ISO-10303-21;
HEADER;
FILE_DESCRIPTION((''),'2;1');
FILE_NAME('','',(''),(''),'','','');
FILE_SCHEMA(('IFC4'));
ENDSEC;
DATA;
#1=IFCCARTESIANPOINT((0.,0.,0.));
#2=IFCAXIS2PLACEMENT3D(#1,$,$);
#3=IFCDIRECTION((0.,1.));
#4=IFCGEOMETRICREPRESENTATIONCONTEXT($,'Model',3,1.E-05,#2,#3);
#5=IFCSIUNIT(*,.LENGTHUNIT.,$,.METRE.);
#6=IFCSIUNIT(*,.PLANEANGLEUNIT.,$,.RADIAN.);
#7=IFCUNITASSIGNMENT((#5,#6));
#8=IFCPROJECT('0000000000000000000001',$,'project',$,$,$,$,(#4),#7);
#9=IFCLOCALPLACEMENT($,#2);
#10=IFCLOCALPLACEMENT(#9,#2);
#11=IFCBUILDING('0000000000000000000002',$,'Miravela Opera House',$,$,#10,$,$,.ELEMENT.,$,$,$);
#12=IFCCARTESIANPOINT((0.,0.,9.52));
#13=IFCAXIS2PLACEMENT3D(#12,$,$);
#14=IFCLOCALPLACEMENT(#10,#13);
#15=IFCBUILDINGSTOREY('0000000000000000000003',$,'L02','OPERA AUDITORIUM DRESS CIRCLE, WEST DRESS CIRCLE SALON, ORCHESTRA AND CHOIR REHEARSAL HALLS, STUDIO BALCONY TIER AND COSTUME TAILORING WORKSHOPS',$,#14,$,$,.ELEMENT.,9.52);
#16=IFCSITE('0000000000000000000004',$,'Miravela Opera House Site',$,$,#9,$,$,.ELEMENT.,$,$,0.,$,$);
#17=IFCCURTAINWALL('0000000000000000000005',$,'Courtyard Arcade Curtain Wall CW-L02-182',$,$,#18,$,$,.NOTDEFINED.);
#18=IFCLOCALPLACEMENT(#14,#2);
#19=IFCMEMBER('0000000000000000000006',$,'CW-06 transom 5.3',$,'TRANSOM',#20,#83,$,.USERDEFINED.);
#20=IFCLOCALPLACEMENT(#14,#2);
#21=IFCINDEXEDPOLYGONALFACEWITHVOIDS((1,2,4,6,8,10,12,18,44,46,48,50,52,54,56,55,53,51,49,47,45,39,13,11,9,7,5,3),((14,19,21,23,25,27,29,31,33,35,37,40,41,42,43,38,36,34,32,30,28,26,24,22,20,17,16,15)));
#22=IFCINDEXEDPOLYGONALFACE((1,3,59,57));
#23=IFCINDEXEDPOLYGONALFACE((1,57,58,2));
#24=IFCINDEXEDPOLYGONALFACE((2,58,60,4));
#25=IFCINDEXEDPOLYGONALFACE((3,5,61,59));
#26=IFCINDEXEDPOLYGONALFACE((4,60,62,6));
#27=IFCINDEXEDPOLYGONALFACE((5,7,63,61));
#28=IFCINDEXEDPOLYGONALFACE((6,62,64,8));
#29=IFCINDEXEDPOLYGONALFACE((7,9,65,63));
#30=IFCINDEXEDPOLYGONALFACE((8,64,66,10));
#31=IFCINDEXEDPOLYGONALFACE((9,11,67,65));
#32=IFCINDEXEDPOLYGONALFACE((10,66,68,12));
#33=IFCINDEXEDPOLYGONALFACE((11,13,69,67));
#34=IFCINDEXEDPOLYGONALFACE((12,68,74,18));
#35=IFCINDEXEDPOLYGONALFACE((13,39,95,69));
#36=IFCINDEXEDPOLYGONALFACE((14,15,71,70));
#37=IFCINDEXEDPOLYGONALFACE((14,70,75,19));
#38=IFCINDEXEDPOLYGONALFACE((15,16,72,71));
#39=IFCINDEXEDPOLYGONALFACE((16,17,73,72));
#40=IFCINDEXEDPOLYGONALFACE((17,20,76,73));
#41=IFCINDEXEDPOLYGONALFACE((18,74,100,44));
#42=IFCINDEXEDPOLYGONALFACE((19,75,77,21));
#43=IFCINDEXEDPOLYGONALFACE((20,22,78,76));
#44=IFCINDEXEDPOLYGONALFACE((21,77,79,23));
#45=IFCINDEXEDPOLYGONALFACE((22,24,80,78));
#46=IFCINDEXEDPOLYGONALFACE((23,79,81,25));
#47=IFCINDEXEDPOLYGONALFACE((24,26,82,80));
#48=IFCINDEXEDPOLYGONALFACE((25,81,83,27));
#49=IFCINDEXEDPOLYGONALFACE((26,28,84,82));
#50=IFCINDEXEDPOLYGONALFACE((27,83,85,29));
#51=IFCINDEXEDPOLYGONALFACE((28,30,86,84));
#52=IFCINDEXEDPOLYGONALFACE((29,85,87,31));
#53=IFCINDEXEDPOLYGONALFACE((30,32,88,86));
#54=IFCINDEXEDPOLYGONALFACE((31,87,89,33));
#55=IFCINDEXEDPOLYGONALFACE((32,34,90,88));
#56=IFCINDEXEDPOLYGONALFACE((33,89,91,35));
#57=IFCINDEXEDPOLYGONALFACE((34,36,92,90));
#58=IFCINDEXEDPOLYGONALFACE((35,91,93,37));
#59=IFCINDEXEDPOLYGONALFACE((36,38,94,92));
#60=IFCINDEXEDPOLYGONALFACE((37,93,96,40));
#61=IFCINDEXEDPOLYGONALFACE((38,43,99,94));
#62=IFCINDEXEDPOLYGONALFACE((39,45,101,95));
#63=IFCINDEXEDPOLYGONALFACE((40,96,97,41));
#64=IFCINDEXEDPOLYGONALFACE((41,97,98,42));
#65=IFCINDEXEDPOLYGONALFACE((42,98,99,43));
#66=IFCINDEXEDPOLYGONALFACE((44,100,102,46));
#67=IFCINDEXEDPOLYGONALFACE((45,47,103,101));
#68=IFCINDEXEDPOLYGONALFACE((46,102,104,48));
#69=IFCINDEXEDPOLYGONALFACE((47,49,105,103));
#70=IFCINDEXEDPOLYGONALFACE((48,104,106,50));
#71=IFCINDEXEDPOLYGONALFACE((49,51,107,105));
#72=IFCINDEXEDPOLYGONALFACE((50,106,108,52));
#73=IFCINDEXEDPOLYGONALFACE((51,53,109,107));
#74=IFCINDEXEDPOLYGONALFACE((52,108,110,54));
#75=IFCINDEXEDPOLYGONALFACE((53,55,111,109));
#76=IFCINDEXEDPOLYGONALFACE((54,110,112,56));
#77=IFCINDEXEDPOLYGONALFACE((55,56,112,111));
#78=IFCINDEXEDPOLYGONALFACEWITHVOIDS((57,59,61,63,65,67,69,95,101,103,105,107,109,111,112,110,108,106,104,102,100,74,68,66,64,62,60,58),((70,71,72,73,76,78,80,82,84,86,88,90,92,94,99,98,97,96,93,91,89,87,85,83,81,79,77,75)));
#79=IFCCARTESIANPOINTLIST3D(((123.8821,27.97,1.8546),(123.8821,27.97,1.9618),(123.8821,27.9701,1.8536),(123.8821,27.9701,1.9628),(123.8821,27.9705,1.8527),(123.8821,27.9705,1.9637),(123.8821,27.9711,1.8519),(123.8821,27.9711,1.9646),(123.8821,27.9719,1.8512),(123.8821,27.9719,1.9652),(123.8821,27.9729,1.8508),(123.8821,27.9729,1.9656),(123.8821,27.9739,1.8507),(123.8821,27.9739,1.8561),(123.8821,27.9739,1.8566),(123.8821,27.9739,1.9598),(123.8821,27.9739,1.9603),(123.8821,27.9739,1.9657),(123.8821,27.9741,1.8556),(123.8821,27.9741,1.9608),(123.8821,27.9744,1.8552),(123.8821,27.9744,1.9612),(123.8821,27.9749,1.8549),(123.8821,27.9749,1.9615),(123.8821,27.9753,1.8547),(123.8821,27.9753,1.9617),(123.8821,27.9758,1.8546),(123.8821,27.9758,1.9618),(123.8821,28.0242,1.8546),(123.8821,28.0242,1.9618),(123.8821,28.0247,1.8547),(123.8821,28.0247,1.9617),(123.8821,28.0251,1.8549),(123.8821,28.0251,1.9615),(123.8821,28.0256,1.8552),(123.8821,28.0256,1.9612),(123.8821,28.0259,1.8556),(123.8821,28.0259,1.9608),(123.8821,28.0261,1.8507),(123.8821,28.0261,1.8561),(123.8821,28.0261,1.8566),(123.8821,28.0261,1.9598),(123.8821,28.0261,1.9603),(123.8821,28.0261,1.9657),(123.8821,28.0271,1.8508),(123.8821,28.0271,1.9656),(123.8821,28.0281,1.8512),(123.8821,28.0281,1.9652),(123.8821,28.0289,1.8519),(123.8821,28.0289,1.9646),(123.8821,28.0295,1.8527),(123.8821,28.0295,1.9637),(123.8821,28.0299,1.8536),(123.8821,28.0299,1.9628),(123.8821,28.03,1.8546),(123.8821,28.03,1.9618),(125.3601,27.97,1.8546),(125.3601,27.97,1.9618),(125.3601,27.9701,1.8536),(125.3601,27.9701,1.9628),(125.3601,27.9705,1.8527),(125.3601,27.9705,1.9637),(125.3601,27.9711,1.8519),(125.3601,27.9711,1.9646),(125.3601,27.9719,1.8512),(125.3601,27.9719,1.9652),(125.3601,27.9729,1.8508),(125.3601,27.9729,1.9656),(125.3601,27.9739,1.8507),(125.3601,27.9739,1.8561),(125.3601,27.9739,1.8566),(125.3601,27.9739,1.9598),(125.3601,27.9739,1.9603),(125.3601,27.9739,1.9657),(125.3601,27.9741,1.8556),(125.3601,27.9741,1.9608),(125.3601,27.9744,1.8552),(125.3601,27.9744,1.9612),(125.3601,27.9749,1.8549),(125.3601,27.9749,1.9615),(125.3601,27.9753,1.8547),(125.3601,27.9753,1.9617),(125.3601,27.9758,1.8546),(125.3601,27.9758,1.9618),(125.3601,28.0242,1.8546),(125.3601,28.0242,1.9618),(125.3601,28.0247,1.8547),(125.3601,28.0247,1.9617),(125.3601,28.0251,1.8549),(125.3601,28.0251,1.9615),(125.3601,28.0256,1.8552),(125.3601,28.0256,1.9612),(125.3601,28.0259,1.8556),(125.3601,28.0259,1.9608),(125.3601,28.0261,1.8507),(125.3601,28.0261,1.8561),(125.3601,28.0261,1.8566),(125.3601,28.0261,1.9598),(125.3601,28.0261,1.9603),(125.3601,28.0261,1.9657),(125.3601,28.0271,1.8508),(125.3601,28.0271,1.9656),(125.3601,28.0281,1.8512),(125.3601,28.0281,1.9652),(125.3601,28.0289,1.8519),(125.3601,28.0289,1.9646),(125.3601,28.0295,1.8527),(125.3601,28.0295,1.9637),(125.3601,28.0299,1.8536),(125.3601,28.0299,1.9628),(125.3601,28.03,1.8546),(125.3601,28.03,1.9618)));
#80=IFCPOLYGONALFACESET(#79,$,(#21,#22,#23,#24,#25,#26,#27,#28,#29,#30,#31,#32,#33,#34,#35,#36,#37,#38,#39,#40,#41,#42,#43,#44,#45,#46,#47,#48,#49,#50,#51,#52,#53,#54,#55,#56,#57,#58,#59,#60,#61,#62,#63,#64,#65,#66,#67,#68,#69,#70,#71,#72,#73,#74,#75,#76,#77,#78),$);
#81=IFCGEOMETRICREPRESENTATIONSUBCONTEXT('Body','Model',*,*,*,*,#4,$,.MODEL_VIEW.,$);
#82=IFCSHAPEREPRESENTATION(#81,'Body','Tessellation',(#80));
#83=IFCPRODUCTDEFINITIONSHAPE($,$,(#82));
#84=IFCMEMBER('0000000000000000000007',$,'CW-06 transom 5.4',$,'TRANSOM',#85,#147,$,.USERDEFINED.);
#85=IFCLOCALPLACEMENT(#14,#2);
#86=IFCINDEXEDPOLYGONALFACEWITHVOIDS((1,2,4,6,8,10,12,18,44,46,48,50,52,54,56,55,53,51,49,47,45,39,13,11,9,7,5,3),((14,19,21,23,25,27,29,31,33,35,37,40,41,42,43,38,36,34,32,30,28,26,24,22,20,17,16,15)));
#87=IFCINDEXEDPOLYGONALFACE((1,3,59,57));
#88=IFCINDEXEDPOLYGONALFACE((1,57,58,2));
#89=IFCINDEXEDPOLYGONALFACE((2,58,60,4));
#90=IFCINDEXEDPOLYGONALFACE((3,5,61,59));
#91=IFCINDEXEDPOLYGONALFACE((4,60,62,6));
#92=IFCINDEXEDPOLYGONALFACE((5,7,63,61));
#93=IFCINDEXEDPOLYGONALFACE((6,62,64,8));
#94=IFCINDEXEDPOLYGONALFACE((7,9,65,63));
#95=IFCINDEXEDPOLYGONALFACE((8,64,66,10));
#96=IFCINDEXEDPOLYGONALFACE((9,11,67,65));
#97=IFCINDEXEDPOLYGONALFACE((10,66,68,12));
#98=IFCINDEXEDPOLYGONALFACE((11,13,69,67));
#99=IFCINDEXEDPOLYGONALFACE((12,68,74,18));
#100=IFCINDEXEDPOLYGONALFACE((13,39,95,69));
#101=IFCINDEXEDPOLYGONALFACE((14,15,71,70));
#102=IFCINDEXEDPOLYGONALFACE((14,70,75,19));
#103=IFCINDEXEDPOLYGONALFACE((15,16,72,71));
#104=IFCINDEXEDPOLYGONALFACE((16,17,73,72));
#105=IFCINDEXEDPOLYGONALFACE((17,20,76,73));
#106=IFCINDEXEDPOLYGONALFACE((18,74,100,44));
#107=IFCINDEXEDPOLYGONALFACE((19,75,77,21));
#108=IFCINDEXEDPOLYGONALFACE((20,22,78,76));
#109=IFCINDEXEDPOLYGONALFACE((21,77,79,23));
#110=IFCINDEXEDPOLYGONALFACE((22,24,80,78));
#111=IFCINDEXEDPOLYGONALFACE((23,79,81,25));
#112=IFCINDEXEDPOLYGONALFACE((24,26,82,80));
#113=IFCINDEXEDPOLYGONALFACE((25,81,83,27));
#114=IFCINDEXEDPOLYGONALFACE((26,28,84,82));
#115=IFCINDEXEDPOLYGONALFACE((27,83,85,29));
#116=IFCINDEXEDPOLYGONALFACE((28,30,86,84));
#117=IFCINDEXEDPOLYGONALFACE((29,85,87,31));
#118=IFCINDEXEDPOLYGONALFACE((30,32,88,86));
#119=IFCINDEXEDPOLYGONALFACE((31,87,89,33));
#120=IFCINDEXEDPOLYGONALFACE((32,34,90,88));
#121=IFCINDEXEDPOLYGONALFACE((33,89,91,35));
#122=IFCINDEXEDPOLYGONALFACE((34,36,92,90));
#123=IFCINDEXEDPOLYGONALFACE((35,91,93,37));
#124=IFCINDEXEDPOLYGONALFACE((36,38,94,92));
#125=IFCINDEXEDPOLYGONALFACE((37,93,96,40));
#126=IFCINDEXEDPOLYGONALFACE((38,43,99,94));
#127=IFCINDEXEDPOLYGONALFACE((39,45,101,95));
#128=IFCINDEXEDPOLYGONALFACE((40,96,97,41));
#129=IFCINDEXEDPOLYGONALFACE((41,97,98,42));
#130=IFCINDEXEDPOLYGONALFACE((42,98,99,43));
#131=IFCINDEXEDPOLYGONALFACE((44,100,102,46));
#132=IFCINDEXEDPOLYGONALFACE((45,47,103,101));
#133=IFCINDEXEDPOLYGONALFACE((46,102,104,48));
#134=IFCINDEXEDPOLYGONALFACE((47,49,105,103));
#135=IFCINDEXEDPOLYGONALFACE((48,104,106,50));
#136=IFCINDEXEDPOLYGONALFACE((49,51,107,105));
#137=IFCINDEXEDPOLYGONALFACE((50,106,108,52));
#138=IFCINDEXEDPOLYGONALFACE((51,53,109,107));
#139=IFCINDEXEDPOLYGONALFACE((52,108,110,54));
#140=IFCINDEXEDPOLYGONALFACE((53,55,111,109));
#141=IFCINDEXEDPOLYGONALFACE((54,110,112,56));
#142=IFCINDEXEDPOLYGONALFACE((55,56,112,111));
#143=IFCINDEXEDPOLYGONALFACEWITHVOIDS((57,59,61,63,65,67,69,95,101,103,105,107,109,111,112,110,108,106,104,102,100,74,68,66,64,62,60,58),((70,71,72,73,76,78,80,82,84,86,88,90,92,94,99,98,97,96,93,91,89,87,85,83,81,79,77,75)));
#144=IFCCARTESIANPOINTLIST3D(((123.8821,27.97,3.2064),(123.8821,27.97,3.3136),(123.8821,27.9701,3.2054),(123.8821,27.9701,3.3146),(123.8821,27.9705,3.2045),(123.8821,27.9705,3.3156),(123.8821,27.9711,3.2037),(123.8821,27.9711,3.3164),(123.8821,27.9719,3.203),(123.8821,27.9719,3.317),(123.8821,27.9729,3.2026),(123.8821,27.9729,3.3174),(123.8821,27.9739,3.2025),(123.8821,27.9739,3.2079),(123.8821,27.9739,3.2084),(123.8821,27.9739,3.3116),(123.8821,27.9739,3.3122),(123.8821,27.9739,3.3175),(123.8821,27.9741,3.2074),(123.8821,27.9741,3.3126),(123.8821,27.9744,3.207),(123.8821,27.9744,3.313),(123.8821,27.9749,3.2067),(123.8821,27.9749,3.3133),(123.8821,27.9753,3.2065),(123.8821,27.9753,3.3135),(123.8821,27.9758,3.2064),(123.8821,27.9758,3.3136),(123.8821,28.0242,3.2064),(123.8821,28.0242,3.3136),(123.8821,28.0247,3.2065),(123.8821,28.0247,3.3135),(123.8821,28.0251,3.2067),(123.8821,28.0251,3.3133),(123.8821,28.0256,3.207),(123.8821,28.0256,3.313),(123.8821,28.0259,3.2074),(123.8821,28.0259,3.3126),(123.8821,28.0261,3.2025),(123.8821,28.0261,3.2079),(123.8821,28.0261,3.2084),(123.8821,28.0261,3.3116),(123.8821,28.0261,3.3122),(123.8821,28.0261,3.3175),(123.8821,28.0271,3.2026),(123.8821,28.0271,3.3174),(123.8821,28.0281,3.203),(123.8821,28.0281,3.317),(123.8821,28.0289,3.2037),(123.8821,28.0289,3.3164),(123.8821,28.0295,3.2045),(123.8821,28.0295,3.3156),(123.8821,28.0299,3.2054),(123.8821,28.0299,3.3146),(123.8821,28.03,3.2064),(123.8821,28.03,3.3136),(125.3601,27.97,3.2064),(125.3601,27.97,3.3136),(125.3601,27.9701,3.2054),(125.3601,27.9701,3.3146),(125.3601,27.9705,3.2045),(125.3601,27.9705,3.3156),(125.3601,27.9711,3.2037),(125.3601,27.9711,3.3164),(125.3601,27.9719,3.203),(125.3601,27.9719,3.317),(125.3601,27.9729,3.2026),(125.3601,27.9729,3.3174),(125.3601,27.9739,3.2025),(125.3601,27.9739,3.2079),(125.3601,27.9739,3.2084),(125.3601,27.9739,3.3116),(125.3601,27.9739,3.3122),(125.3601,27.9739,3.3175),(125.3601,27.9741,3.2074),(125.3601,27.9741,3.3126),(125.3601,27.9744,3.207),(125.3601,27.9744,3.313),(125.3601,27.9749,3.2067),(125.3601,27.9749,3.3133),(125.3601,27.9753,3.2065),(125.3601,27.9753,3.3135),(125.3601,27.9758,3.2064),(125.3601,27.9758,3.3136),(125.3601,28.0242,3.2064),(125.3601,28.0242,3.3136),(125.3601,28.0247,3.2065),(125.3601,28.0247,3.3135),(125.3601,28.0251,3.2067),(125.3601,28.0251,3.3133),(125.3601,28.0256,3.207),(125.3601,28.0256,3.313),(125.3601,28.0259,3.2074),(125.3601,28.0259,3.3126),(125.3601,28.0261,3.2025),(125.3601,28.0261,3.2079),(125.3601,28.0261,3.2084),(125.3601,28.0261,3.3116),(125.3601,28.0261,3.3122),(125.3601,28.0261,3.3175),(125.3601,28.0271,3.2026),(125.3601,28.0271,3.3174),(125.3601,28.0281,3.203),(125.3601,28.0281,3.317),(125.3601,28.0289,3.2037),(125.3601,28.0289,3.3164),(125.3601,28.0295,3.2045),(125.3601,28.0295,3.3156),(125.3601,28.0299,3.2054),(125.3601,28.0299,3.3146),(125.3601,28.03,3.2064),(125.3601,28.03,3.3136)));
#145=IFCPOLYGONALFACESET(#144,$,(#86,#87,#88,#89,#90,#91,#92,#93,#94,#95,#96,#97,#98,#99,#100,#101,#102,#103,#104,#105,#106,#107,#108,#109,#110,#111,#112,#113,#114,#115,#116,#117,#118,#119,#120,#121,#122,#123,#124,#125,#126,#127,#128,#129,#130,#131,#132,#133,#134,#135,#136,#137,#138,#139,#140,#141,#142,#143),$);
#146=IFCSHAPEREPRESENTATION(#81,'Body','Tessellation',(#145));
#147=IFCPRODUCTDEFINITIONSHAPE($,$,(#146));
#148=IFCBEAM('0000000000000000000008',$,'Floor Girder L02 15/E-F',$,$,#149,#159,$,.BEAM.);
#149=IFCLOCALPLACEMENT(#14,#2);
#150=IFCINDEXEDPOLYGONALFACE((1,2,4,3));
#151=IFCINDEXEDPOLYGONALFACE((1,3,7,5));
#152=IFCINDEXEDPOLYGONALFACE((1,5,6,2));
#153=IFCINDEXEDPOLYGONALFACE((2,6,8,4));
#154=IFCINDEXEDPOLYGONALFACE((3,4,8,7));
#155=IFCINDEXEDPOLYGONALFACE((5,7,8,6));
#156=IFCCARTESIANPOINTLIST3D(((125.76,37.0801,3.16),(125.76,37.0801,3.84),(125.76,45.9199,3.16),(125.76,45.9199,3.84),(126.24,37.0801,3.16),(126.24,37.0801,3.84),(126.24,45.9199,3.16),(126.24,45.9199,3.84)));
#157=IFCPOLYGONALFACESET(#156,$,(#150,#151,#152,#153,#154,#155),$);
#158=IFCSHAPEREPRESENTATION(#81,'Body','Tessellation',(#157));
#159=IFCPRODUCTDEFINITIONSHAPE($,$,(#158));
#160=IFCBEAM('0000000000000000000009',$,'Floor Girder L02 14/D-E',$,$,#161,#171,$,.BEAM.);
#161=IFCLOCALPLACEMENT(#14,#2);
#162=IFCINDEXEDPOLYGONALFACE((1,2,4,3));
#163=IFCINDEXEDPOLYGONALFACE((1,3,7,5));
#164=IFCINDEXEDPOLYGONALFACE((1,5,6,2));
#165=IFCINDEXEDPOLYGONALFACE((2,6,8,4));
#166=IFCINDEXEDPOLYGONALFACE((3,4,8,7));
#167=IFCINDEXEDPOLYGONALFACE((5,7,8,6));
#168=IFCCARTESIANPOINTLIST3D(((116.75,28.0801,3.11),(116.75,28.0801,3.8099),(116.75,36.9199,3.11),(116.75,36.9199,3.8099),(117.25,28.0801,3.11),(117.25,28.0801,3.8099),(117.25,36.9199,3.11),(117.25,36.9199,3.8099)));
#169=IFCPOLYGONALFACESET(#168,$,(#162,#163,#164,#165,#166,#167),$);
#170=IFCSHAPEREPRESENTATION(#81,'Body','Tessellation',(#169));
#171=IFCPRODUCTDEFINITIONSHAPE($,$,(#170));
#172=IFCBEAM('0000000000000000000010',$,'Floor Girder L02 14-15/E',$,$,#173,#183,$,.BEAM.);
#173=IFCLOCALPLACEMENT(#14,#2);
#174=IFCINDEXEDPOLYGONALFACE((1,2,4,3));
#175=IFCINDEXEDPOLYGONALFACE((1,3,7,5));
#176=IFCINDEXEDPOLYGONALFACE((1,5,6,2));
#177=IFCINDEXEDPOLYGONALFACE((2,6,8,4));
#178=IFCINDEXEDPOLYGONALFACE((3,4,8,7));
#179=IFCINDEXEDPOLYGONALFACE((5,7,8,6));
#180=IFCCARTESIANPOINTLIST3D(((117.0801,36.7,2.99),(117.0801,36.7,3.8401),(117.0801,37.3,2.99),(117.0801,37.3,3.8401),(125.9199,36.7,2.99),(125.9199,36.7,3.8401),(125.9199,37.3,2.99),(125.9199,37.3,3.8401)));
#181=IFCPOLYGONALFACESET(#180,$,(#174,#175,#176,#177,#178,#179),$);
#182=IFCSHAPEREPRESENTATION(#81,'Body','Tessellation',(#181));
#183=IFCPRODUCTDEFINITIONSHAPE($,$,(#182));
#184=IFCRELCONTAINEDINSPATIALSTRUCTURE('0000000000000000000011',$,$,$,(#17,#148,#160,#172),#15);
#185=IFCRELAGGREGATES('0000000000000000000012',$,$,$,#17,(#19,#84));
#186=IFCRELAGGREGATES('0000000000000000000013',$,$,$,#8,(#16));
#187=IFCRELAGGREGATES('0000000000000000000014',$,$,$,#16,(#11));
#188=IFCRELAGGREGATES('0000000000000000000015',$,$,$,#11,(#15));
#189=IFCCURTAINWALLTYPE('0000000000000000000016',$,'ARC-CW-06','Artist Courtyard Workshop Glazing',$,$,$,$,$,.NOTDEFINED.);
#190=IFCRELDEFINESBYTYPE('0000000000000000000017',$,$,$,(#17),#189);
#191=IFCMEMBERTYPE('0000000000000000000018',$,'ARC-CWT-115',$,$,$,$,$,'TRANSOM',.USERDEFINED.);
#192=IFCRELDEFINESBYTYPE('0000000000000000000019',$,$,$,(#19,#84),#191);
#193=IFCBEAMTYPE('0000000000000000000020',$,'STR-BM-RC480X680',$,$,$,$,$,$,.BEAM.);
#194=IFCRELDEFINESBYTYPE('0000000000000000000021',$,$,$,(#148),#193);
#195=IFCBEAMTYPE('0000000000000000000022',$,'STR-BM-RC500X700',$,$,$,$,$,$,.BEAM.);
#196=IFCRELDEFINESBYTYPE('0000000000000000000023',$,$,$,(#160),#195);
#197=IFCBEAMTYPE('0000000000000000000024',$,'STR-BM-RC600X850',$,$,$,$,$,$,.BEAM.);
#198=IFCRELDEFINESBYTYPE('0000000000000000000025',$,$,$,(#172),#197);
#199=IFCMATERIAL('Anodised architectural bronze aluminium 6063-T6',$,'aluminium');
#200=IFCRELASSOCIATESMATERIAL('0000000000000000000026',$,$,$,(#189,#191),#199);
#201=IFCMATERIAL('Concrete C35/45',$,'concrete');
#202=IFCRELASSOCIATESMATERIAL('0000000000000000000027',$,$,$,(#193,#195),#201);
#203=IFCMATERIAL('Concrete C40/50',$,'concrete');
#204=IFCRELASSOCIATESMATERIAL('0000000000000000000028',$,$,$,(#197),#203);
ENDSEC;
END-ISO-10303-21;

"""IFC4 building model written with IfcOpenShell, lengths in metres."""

from ifc_helpers import new_model, si_unit, direction, frame, origin, origin_2d, place, context, subcontext, project, spatial, rectangle, hollow_rectangle, extrude, material, material_profile, profile_set, type_object, element, aggregate, save


model = new_model("IFC4")

# Units and contexts
model_context = context("Model", 3, precision=1e-05, world=origin(), true_north=direction((0.0, 1.0)))
body_context = subcontext(model_context, "Body", "Model", "MODEL_VIEW")
ifc_project = project(units=[si_unit("LENGTHUNIT", "METRE"), si_unit("PLANEANGLEUNIT", "RADIAN")], contexts=[model_context])

# Site, building, storey
site_placement = place(None, origin())
site = spatial("IfcSite", under=ifc_project, at=site_placement, Name="Miravela Opera House Site", CompositionType="ELEMENT", RefElevation=0.0)
building_placement = place(site_placement, origin())
building = spatial("IfcBuilding", under=site, at=building_placement, Name="Miravela Opera House", CompositionType="ELEMENT")
storey_placement = place(building_placement, frame((0.0, 0.0, 9.52)))
storey = spatial("IfcBuildingStorey", under=building, at=storey_placement, Name="L02", Description="OPERA AUDITORIUM DRESS CIRCLE, WEST DRESS CIRCLE SALON, ORCHESTRA AND CHOIR REHEARSAL HALLS, STUDIO BALCONY TIER AND COSTUME TAILORING WORKSHOPS", CompositionType="ELEMENT", Elevation=9.52)

# Shared definitions
ifc_material_1 = material(Name="Concrete C35/45", Category="concrete")

# Curtain wall, members
ifc_material_2 = material(Name="Anodised architectural bronze aluminium 6063-T6", Category="aluminium")
curtain_wall_type = type_object("IfcCurtainWallType", Name="ARC-CW-06", Description="Artist Courtyard Workshop Glazing", PredefinedType="NOTDEFINED", material=ifc_material_2)
curtain_wall_placement = place(storey_placement, origin())
curtain_wall = element("IfcCurtainWall", 1, at=curtain_wall_placement, inside=storey, type_object=curtain_wall_type, Name="Courtyard Arcade Curtain Wall CW-L02-182", PredefinedType="NOTDEFINED")
ifc_material_profile_1 = material_profile(ifc_material_2, hollow_rectangle(XDim=0.0601, YDim=0.115, WallThickness=0.0039, InnerFilletRadius=0.002, OuterFilletRadius=0.0039, at=origin_2d()), Name="CWT-60X115")
ifc_profile_set_1 = profile_set([ifc_material_profile_1])
member_type_1 = type_object("IfcMemberType", Name="ARC-CWT-115", ElementType="TRANSOM", PredefinedType="USERDEFINED", material=ifc_profile_set_1)
member_1_placement = place(storey_placement, frame((123.8821, 28.0, 1.9082), z_axis=(1.0, 0.0, 0.0), x_axis=(0.0, 1.0, 0.0)))
member_1 = element("IfcMember", 2, at=member_1_placement, type_object=member_type_1, Name="CW-06 transom 5.3", ObjectType="TRANSOM", PredefinedType="USERDEFINED", context=body_context, shape_type="SweptSolid", body=[
    extrude(hollow_rectangle(XDim=0.0601, YDim=0.115, WallThickness=0.0039, InnerFilletRadius=0.002, OuterFilletRadius=0.0039, at=origin_2d()), origin(), (0.0, 0.0, 1.0), 1.478),
])
member_2_placement = place(storey_placement, frame((123.8821, 28.0, 3.26), z_axis=(1.0, 0.0, 0.0), x_axis=(0.0, 1.0, 0.0)))
member_2 = element("IfcMember", 3, at=member_2_placement, type_object=member_type_1, Name="CW-06 transom 5.4", ObjectType="TRANSOM", PredefinedType="USERDEFINED", context=body_context, shape_type="SweptSolid", body=[
    extrude(hollow_rectangle(XDim=0.0601, YDim=0.115, WallThickness=0.0039, InnerFilletRadius=0.002, OuterFilletRadius=0.0039, at=origin_2d()), origin(), (0.0, 0.0, 1.0), 1.478),
])

# Beams
ifc_material_profile_2 = material_profile(ifc_material_1, rectangle(XDim=0.48, YDim=0.6799, at=origin_2d()), Name="RC-BM-480X680")
ifc_profile_set_2 = profile_set([ifc_material_profile_2])
beam_type_1 = type_object("IfcBeamType", Name="STR-BM-RC480X680", PredefinedType="BEAM", material=ifc_profile_set_2)
beam_1_placement = place(storey_placement, frame((126.0, 37.0801, 3.5), z_axis=(0.0, 1.0, 0.0), x_axis=(-1.0, 0.0, 0.0)))
element("IfcBeam", 4, at=beam_1_placement, inside=storey, type_object=beam_type_1, Name="Floor Girder L02 15/E-F", PredefinedType="BEAM", context=body_context, shape_type="SweptSolid", body=[
    extrude(rectangle(XDim=0.48, YDim=0.6799, at=origin_2d()), origin(), (0.0, 0.0, 1.0), 8.8398),
])
ifc_material_profile_3 = material_profile(ifc_material_1, rectangle(XDim=0.5, YDim=0.7, at=origin_2d()), Name="RC-BM-500X700")
ifc_profile_set_3 = profile_set([ifc_material_profile_3])
beam_type_2 = type_object("IfcBeamType", Name="STR-BM-RC500X700", PredefinedType="BEAM", material=ifc_profile_set_3)
beam_2_placement = place(storey_placement, frame((117.0, 28.0801, 3.46), z_axis=(0.0, 1.0, 0.0), x_axis=(-1.0, 0.0, 0.0)))
element("IfcBeam", 5, at=beam_2_placement, inside=storey, type_object=beam_type_2, Name="Floor Girder L02 14/D-E", PredefinedType="BEAM", context=body_context, shape_type="SweptSolid", body=[
    extrude(rectangle(XDim=0.5, YDim=0.7, at=origin_2d()), origin(), (0.0, 0.0, 1.0), 8.8398),
])
ifc_material_3 = material(Name="Concrete C40/50", Category="concrete")
ifc_material_profile_4 = material_profile(ifc_material_3, rectangle(XDim=0.6001, YDim=0.8501, at=origin_2d()), Name="RC-BM-600X850")
ifc_profile_set_4 = profile_set([ifc_material_profile_4])
beam_type_3 = type_object("IfcBeamType", Name="STR-BM-RC600X850", PredefinedType="BEAM", material=ifc_profile_set_4)
beam_3_placement = place(storey_placement, frame((117.0801, 37.0, 3.415), z_axis=(1.0, 0.0, 0.0), x_axis=(0.0, 1.0, 0.0)))
element("IfcBeam", 6, at=beam_3_placement, inside=storey, type_object=beam_type_3, Name="Floor Girder L02 14-15/E", PredefinedType="BEAM", context=body_context, shape_type="SweptSolid", body=[
    extrude(rectangle(XDim=0.6001, YDim=0.8501, at=origin_2d()), origin(), (0.0, 0.0, 1.0), 8.8398),
])

aggregate(curtain_wall, [member_1, member_2])

save(model, "model.ifc")
